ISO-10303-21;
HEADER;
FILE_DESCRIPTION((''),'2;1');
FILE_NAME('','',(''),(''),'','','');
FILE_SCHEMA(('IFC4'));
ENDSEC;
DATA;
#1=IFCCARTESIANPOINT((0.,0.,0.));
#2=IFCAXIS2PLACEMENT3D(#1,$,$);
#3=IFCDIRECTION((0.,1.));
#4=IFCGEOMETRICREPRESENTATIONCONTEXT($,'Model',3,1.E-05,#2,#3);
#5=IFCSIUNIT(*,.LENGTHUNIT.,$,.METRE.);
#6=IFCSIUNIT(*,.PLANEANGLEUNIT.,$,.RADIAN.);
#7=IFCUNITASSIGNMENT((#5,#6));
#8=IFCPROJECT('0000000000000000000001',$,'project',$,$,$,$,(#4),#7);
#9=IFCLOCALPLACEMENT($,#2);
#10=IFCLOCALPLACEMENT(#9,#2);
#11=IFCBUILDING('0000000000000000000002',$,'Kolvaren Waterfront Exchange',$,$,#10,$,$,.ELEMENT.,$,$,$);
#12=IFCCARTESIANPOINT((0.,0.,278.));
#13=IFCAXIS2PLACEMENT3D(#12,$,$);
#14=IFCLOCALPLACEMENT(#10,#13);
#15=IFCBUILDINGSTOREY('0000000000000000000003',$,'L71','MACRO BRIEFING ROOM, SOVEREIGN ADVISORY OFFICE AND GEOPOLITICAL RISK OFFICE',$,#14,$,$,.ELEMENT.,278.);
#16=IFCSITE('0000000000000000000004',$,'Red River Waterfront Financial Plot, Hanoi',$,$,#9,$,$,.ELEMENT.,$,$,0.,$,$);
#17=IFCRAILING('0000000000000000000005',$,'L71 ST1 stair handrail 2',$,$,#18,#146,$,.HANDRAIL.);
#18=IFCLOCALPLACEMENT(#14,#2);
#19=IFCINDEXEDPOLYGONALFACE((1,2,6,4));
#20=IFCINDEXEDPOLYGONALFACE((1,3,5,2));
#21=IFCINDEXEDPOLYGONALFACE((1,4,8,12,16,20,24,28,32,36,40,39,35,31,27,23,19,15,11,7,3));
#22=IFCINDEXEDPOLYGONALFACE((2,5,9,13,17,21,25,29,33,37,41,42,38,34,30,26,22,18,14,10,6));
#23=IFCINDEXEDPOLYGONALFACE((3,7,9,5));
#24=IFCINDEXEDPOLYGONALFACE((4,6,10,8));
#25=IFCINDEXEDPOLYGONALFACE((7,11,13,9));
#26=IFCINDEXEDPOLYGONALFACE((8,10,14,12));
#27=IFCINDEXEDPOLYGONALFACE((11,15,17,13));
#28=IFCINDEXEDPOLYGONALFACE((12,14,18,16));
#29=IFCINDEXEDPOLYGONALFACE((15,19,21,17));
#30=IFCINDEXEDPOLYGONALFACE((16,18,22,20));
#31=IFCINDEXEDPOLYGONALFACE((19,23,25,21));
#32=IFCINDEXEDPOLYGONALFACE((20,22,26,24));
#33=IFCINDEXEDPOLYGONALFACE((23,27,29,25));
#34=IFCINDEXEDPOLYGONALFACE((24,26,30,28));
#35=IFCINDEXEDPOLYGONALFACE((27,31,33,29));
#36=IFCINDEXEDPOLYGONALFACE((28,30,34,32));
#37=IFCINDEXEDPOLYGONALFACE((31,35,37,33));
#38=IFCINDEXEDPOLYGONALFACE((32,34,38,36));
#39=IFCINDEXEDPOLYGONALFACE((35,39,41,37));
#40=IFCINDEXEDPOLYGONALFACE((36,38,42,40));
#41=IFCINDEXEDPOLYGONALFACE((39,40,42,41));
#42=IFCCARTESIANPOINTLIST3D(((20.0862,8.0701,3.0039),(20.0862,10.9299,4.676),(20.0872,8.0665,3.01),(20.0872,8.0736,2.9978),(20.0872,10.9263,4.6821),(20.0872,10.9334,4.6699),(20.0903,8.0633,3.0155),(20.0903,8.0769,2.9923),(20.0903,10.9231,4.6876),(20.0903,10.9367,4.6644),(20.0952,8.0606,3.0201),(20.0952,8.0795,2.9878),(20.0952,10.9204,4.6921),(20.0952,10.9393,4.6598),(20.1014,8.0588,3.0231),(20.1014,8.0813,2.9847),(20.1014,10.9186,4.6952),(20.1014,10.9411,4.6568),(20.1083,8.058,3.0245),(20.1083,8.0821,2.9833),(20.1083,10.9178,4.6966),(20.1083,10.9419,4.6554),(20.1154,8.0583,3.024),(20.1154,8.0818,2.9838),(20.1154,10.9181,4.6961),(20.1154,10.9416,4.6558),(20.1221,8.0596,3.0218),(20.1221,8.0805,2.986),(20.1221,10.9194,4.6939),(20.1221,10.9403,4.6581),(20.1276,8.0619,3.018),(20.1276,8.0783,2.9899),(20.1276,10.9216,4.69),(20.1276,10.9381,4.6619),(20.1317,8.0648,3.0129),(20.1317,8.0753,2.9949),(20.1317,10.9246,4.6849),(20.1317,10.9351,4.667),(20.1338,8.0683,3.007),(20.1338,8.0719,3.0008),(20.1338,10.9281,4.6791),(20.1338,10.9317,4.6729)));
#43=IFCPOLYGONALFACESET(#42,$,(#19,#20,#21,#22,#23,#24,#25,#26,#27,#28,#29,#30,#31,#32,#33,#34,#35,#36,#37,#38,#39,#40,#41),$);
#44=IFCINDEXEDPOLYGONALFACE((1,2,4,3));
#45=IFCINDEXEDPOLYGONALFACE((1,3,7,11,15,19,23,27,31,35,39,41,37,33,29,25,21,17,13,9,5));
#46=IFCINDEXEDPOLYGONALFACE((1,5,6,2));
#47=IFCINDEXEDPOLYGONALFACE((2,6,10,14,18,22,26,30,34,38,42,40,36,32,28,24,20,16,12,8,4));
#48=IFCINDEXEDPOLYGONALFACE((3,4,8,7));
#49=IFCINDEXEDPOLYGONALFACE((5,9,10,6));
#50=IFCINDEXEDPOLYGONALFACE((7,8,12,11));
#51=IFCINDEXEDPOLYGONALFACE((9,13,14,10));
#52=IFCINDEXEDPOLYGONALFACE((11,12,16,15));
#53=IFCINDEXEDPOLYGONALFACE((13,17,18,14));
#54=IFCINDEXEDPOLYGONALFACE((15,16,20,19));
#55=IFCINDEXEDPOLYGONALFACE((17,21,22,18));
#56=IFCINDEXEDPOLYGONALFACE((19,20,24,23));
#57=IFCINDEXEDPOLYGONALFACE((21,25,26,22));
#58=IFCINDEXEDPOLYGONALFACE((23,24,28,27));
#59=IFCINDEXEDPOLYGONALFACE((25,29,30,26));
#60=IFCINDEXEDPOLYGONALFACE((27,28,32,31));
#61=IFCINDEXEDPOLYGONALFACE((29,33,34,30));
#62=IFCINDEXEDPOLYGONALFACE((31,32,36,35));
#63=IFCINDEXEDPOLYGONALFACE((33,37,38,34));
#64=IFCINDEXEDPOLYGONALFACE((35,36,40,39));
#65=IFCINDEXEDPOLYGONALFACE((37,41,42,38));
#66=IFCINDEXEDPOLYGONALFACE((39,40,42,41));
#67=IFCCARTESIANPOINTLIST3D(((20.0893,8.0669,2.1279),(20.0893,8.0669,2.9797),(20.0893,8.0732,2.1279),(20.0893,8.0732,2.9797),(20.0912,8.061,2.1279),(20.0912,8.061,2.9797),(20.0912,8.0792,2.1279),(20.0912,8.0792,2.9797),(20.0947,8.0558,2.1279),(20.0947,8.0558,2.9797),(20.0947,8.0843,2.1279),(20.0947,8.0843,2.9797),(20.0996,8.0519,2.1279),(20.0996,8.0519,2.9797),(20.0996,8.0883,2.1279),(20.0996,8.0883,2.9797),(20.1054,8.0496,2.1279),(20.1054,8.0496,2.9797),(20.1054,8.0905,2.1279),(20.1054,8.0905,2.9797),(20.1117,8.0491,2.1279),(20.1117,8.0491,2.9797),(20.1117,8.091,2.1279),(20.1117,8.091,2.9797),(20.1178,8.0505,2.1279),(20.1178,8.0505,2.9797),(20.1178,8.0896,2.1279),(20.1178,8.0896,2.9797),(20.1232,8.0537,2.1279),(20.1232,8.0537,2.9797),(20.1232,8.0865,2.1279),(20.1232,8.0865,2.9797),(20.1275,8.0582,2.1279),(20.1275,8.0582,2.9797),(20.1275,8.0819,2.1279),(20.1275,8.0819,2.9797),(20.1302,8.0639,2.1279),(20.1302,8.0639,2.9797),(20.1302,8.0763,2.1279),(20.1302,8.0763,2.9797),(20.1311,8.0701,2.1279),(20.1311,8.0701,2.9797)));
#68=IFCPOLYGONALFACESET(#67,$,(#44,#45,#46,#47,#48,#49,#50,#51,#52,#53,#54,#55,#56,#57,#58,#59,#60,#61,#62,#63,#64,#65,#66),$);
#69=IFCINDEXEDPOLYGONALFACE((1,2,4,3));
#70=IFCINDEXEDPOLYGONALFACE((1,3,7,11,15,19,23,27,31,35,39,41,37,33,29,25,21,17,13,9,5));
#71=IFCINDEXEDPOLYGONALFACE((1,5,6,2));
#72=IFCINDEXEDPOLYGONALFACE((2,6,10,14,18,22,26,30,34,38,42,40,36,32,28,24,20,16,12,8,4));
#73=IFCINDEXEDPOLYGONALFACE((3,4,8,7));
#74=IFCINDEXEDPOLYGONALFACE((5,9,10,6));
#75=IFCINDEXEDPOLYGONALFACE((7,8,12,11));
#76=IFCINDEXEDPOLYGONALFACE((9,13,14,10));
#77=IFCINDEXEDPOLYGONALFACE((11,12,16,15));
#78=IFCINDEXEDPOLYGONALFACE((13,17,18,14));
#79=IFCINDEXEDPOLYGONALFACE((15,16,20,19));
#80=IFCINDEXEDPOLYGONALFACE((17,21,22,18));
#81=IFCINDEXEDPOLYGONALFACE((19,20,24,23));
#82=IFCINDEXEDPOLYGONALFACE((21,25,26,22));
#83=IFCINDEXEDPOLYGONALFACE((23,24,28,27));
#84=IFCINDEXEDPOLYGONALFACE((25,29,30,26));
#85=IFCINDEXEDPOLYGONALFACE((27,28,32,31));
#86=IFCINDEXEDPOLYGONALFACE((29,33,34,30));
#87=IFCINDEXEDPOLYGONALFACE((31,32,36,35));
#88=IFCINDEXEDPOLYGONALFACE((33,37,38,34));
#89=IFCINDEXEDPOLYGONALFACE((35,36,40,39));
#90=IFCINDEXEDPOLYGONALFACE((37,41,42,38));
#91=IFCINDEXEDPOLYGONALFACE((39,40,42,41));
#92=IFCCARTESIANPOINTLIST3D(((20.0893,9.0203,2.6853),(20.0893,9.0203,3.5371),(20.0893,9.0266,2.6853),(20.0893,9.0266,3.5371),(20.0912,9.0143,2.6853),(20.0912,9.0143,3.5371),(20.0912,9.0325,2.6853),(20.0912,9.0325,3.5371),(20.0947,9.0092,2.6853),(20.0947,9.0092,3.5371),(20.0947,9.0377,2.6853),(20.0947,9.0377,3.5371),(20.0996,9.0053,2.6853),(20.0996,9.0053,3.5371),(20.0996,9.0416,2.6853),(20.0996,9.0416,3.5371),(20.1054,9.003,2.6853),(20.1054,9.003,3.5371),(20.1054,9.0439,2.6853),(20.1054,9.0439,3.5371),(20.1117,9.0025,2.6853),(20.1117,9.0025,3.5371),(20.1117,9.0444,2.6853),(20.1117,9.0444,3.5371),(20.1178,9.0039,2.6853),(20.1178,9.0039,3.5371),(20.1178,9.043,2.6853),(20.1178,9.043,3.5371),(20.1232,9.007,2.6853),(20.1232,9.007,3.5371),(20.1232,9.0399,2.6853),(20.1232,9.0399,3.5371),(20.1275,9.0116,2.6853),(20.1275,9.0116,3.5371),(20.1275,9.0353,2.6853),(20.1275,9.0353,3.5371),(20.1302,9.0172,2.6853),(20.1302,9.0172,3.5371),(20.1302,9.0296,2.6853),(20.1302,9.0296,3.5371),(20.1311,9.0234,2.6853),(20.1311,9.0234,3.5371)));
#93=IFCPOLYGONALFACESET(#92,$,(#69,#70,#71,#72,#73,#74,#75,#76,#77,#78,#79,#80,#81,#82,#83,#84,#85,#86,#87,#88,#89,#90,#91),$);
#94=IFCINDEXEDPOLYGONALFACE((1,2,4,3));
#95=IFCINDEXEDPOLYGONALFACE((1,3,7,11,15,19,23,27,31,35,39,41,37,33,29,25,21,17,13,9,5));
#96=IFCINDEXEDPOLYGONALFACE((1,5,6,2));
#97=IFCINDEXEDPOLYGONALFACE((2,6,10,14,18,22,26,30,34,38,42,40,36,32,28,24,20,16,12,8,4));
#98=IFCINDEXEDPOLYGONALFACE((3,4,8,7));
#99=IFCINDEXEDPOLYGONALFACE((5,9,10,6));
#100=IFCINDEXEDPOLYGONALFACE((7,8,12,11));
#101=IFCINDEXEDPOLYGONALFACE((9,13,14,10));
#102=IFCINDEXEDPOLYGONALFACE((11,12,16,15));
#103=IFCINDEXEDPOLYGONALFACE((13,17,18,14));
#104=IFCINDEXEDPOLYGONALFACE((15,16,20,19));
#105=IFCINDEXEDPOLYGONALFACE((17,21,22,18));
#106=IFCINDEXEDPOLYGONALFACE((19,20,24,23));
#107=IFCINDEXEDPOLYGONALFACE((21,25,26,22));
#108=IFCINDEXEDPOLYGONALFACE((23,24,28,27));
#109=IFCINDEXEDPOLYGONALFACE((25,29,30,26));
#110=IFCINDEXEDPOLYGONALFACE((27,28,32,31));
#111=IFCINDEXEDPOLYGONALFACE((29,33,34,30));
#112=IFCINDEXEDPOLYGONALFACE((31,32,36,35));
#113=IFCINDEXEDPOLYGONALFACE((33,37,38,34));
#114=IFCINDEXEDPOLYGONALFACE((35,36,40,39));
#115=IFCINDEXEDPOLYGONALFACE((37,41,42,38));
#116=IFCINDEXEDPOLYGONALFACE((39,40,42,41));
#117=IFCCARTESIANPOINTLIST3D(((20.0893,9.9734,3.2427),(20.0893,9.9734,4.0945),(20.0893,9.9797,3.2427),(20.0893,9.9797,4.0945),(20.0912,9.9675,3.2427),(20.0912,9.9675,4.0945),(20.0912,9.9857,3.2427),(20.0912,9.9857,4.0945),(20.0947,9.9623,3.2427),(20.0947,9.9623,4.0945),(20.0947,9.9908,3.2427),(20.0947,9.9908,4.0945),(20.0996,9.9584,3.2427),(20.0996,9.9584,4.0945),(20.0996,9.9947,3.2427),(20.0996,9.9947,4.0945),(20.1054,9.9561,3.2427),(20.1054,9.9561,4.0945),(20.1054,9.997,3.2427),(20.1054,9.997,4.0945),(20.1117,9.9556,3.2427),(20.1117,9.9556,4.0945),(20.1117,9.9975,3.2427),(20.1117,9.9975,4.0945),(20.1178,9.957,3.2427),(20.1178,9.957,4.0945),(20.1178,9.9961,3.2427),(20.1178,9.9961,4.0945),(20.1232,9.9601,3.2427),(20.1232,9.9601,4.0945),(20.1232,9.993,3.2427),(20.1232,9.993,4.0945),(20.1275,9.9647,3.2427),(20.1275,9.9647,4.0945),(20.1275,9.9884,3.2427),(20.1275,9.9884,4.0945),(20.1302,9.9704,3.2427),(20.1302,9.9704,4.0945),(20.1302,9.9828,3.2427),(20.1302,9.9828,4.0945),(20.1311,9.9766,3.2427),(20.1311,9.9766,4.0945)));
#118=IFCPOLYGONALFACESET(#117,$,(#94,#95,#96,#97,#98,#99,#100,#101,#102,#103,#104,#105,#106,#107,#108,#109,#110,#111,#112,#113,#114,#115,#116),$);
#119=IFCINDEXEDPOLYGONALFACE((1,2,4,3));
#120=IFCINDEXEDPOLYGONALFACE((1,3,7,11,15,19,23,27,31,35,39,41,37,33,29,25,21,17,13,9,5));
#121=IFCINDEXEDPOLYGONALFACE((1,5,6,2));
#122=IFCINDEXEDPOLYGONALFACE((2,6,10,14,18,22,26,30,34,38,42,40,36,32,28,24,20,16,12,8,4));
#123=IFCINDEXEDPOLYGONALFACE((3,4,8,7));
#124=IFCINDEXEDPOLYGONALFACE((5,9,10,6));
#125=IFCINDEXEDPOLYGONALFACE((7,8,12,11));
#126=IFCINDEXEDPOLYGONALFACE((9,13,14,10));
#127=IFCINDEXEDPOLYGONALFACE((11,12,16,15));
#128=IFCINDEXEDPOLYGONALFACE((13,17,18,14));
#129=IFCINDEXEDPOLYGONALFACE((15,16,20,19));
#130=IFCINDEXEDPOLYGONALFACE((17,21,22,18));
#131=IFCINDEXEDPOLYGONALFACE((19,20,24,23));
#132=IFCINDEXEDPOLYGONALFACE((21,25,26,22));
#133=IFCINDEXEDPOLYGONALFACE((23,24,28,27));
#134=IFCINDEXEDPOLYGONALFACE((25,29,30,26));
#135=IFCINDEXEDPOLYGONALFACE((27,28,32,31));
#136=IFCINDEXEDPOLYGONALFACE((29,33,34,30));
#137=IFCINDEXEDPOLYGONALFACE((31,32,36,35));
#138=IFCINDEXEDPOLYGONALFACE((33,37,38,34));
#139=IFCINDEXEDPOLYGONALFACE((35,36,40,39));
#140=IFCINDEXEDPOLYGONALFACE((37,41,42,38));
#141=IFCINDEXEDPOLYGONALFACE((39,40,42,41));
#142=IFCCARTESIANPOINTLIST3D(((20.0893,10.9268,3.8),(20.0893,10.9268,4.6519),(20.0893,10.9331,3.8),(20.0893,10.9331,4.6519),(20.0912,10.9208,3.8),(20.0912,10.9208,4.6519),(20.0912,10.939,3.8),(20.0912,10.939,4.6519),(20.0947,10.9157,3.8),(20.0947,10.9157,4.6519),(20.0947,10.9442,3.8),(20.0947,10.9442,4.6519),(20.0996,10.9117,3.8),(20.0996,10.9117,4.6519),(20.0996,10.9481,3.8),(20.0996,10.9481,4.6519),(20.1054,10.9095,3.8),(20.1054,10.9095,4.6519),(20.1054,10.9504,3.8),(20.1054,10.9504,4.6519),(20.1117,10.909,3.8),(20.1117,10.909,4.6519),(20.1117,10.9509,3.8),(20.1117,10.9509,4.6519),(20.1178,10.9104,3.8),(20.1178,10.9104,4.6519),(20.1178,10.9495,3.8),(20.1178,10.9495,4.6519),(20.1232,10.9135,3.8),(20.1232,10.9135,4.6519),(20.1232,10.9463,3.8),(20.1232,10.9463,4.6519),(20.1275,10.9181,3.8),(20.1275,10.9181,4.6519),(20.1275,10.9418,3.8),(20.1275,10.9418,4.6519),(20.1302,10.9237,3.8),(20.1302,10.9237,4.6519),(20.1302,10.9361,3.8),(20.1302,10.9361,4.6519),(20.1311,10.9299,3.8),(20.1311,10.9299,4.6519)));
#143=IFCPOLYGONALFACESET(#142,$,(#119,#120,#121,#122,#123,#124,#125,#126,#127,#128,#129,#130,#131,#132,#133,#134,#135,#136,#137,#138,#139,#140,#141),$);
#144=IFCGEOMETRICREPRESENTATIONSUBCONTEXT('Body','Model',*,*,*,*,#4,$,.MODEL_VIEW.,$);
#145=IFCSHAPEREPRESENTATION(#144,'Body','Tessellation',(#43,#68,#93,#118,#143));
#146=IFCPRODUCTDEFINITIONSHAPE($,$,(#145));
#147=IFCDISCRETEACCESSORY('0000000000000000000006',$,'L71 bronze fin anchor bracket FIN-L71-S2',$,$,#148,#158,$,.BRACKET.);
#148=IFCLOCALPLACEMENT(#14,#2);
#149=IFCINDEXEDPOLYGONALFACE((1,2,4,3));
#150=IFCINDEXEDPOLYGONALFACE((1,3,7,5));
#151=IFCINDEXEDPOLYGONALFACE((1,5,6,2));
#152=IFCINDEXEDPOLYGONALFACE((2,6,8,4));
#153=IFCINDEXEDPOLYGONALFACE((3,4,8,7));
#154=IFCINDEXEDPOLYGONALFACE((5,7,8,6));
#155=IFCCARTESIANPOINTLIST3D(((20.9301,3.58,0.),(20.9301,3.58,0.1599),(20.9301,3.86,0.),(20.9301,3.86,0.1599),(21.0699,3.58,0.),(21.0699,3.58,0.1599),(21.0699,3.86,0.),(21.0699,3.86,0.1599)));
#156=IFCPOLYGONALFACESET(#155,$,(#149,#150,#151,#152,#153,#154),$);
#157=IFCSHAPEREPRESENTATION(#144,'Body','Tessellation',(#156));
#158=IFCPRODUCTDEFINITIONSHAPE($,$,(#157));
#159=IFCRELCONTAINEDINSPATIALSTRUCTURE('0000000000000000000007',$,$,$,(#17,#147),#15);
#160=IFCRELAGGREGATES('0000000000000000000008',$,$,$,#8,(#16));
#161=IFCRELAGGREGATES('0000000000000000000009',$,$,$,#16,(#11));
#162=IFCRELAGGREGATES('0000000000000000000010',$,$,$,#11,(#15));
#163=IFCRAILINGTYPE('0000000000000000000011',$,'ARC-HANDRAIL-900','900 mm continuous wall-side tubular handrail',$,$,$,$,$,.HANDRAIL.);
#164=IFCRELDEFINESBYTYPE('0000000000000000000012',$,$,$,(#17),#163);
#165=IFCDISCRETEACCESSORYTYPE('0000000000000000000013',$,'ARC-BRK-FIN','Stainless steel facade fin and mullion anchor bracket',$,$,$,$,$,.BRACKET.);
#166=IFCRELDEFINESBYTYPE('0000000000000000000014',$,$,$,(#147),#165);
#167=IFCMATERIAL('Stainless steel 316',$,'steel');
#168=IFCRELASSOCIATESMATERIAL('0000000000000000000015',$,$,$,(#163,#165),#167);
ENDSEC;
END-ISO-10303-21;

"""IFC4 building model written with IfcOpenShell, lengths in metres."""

from ifc_helpers import new_model, si_unit, direction, frame, origin, origin_with_axes, origin_2d, place, context, subcontext, project, spatial, rectangle, circle, extrude, source, transform, mapped, material, type_object, element, save


model = new_model("IFC4")

# Units and contexts
model_context = context("Model", 3, precision=1e-05, world=origin(), true_north=direction((0.0, 1.0)))
body_context = subcontext(model_context, "Body", "Model", "MODEL_VIEW")
ifc_project = project(units=[si_unit("LENGTHUNIT", "METRE"), si_unit("PLANEANGLEUNIT", "RADIAN")], contexts=[model_context])

# Site, building, storey
site_placement = place(None, origin())
site = spatial("IfcSite", under=ifc_project, at=site_placement, Name="Red River Waterfront Financial Plot, Hanoi", CompositionType="ELEMENT", RefElevation=0.0)
building_placement = place(site_placement, origin())
building = spatial("IfcBuilding", under=site, at=building_placement, Name="Kolvaren Waterfront Exchange", CompositionType="ELEMENT")
storey_placement = place(building_placement, frame((0.0, 0.0, 278.0)))
storey = spatial("IfcBuildingStorey", under=building, at=storey_placement, Name="L71", Description="MACRO BRIEFING ROOM, SOVEREIGN ADVISORY OFFICE AND GEOPOLITICAL RISK OFFICE", CompositionType="ELEMENT", Elevation=278.0)

# Railing
ifc_material_1 = material(Name="Stainless steel 316", Category="steel")
railing_type_1 = type_object("IfcRailingType", Name="ARC-HANDRAIL-900", Description="900 mm continuous wall-side tubular handrail", PredefinedType="HANDRAIL", material=ifc_material_1)
railing_1_placement = place(storey_placement, frame((20.1101, 8.0701, 2.1279)))
element("IfcRailing", 1, at=railing_1_placement, inside=storey, type_object=railing_type_1, Name="L71 ST1 stair handrail 2", PredefinedType="HANDRAIL", context=body_context, shape_type="SweptSolid", body=[
    extrude(circle(Radius=0.0239, at=origin_2d()), frame((0.0, 0.0, 0.876), z_axis=(0.0, 0.863271, 0.504741), x_axis=(-1.0, 0.0, 0.0)), (0.0, 0.0, 1.0), 3.3127),
    extrude(circle(Radius=0.021, at=origin_2d()), origin(), (0.0, 0.0, 1.0), 0.8518),
    extrude(circle(Radius=0.021, at=origin_2d()), frame((0.0, 0.9534, 0.5574)), (0.0, 0.0, 1.0), 0.8518),
    extrude(circle(Radius=0.021, at=origin_2d()), frame((0.0, 1.9065, 1.1147)), (0.0, 0.0, 1.0), 0.8518),
    extrude(circle(Radius=0.021, at=origin_2d()), frame((0.0, 2.8599, 1.6721)), (0.0, 0.0, 1.0), 0.8518),
])

# Discrete accessory
discrete_accessory_type = type_object("IfcDiscreteAccessoryType", Name="ARC-BRK-FIN", Description="Stainless steel facade fin and mullion anchor bracket", PredefinedType="BRACKET", material=ifc_material_1)
shared_shape_1 = source(origin_with_axes(), body_context, "Body", "SweptSolid", [
    extrude(rectangle(XDim=0.28, YDim=0.1399, at=origin_2d()), origin(), (0.0, 0.0, 1.0), 0.1599),
])
discrete_accessory_placement = place(storey_placement, frame((21.0, 3.72, 0.0), z_axis=(0.0, 0.0, 1.0), x_axis=(0.0, -1.0, 0.0)))
element("IfcDiscreteAccessory", 2, at=discrete_accessory_placement, inside=storey, type_object=discrete_accessory_type, Name="L71 bronze fin anchor bracket FIN-L71-S2", PredefinedType="BRACKET", context=body_context, shape_type="MappedRepresentation", body=[
    mapped(shared_shape_1, transform((0.0, 0.0, 0.0), x_axis=(1.0, 0.0, 0.0), y_axis=(0.0, 1.0, 0.0), z_axis=(0.0, 0.0, 1.0), scale=1.0)),
])

save(model, "model.ifc")
